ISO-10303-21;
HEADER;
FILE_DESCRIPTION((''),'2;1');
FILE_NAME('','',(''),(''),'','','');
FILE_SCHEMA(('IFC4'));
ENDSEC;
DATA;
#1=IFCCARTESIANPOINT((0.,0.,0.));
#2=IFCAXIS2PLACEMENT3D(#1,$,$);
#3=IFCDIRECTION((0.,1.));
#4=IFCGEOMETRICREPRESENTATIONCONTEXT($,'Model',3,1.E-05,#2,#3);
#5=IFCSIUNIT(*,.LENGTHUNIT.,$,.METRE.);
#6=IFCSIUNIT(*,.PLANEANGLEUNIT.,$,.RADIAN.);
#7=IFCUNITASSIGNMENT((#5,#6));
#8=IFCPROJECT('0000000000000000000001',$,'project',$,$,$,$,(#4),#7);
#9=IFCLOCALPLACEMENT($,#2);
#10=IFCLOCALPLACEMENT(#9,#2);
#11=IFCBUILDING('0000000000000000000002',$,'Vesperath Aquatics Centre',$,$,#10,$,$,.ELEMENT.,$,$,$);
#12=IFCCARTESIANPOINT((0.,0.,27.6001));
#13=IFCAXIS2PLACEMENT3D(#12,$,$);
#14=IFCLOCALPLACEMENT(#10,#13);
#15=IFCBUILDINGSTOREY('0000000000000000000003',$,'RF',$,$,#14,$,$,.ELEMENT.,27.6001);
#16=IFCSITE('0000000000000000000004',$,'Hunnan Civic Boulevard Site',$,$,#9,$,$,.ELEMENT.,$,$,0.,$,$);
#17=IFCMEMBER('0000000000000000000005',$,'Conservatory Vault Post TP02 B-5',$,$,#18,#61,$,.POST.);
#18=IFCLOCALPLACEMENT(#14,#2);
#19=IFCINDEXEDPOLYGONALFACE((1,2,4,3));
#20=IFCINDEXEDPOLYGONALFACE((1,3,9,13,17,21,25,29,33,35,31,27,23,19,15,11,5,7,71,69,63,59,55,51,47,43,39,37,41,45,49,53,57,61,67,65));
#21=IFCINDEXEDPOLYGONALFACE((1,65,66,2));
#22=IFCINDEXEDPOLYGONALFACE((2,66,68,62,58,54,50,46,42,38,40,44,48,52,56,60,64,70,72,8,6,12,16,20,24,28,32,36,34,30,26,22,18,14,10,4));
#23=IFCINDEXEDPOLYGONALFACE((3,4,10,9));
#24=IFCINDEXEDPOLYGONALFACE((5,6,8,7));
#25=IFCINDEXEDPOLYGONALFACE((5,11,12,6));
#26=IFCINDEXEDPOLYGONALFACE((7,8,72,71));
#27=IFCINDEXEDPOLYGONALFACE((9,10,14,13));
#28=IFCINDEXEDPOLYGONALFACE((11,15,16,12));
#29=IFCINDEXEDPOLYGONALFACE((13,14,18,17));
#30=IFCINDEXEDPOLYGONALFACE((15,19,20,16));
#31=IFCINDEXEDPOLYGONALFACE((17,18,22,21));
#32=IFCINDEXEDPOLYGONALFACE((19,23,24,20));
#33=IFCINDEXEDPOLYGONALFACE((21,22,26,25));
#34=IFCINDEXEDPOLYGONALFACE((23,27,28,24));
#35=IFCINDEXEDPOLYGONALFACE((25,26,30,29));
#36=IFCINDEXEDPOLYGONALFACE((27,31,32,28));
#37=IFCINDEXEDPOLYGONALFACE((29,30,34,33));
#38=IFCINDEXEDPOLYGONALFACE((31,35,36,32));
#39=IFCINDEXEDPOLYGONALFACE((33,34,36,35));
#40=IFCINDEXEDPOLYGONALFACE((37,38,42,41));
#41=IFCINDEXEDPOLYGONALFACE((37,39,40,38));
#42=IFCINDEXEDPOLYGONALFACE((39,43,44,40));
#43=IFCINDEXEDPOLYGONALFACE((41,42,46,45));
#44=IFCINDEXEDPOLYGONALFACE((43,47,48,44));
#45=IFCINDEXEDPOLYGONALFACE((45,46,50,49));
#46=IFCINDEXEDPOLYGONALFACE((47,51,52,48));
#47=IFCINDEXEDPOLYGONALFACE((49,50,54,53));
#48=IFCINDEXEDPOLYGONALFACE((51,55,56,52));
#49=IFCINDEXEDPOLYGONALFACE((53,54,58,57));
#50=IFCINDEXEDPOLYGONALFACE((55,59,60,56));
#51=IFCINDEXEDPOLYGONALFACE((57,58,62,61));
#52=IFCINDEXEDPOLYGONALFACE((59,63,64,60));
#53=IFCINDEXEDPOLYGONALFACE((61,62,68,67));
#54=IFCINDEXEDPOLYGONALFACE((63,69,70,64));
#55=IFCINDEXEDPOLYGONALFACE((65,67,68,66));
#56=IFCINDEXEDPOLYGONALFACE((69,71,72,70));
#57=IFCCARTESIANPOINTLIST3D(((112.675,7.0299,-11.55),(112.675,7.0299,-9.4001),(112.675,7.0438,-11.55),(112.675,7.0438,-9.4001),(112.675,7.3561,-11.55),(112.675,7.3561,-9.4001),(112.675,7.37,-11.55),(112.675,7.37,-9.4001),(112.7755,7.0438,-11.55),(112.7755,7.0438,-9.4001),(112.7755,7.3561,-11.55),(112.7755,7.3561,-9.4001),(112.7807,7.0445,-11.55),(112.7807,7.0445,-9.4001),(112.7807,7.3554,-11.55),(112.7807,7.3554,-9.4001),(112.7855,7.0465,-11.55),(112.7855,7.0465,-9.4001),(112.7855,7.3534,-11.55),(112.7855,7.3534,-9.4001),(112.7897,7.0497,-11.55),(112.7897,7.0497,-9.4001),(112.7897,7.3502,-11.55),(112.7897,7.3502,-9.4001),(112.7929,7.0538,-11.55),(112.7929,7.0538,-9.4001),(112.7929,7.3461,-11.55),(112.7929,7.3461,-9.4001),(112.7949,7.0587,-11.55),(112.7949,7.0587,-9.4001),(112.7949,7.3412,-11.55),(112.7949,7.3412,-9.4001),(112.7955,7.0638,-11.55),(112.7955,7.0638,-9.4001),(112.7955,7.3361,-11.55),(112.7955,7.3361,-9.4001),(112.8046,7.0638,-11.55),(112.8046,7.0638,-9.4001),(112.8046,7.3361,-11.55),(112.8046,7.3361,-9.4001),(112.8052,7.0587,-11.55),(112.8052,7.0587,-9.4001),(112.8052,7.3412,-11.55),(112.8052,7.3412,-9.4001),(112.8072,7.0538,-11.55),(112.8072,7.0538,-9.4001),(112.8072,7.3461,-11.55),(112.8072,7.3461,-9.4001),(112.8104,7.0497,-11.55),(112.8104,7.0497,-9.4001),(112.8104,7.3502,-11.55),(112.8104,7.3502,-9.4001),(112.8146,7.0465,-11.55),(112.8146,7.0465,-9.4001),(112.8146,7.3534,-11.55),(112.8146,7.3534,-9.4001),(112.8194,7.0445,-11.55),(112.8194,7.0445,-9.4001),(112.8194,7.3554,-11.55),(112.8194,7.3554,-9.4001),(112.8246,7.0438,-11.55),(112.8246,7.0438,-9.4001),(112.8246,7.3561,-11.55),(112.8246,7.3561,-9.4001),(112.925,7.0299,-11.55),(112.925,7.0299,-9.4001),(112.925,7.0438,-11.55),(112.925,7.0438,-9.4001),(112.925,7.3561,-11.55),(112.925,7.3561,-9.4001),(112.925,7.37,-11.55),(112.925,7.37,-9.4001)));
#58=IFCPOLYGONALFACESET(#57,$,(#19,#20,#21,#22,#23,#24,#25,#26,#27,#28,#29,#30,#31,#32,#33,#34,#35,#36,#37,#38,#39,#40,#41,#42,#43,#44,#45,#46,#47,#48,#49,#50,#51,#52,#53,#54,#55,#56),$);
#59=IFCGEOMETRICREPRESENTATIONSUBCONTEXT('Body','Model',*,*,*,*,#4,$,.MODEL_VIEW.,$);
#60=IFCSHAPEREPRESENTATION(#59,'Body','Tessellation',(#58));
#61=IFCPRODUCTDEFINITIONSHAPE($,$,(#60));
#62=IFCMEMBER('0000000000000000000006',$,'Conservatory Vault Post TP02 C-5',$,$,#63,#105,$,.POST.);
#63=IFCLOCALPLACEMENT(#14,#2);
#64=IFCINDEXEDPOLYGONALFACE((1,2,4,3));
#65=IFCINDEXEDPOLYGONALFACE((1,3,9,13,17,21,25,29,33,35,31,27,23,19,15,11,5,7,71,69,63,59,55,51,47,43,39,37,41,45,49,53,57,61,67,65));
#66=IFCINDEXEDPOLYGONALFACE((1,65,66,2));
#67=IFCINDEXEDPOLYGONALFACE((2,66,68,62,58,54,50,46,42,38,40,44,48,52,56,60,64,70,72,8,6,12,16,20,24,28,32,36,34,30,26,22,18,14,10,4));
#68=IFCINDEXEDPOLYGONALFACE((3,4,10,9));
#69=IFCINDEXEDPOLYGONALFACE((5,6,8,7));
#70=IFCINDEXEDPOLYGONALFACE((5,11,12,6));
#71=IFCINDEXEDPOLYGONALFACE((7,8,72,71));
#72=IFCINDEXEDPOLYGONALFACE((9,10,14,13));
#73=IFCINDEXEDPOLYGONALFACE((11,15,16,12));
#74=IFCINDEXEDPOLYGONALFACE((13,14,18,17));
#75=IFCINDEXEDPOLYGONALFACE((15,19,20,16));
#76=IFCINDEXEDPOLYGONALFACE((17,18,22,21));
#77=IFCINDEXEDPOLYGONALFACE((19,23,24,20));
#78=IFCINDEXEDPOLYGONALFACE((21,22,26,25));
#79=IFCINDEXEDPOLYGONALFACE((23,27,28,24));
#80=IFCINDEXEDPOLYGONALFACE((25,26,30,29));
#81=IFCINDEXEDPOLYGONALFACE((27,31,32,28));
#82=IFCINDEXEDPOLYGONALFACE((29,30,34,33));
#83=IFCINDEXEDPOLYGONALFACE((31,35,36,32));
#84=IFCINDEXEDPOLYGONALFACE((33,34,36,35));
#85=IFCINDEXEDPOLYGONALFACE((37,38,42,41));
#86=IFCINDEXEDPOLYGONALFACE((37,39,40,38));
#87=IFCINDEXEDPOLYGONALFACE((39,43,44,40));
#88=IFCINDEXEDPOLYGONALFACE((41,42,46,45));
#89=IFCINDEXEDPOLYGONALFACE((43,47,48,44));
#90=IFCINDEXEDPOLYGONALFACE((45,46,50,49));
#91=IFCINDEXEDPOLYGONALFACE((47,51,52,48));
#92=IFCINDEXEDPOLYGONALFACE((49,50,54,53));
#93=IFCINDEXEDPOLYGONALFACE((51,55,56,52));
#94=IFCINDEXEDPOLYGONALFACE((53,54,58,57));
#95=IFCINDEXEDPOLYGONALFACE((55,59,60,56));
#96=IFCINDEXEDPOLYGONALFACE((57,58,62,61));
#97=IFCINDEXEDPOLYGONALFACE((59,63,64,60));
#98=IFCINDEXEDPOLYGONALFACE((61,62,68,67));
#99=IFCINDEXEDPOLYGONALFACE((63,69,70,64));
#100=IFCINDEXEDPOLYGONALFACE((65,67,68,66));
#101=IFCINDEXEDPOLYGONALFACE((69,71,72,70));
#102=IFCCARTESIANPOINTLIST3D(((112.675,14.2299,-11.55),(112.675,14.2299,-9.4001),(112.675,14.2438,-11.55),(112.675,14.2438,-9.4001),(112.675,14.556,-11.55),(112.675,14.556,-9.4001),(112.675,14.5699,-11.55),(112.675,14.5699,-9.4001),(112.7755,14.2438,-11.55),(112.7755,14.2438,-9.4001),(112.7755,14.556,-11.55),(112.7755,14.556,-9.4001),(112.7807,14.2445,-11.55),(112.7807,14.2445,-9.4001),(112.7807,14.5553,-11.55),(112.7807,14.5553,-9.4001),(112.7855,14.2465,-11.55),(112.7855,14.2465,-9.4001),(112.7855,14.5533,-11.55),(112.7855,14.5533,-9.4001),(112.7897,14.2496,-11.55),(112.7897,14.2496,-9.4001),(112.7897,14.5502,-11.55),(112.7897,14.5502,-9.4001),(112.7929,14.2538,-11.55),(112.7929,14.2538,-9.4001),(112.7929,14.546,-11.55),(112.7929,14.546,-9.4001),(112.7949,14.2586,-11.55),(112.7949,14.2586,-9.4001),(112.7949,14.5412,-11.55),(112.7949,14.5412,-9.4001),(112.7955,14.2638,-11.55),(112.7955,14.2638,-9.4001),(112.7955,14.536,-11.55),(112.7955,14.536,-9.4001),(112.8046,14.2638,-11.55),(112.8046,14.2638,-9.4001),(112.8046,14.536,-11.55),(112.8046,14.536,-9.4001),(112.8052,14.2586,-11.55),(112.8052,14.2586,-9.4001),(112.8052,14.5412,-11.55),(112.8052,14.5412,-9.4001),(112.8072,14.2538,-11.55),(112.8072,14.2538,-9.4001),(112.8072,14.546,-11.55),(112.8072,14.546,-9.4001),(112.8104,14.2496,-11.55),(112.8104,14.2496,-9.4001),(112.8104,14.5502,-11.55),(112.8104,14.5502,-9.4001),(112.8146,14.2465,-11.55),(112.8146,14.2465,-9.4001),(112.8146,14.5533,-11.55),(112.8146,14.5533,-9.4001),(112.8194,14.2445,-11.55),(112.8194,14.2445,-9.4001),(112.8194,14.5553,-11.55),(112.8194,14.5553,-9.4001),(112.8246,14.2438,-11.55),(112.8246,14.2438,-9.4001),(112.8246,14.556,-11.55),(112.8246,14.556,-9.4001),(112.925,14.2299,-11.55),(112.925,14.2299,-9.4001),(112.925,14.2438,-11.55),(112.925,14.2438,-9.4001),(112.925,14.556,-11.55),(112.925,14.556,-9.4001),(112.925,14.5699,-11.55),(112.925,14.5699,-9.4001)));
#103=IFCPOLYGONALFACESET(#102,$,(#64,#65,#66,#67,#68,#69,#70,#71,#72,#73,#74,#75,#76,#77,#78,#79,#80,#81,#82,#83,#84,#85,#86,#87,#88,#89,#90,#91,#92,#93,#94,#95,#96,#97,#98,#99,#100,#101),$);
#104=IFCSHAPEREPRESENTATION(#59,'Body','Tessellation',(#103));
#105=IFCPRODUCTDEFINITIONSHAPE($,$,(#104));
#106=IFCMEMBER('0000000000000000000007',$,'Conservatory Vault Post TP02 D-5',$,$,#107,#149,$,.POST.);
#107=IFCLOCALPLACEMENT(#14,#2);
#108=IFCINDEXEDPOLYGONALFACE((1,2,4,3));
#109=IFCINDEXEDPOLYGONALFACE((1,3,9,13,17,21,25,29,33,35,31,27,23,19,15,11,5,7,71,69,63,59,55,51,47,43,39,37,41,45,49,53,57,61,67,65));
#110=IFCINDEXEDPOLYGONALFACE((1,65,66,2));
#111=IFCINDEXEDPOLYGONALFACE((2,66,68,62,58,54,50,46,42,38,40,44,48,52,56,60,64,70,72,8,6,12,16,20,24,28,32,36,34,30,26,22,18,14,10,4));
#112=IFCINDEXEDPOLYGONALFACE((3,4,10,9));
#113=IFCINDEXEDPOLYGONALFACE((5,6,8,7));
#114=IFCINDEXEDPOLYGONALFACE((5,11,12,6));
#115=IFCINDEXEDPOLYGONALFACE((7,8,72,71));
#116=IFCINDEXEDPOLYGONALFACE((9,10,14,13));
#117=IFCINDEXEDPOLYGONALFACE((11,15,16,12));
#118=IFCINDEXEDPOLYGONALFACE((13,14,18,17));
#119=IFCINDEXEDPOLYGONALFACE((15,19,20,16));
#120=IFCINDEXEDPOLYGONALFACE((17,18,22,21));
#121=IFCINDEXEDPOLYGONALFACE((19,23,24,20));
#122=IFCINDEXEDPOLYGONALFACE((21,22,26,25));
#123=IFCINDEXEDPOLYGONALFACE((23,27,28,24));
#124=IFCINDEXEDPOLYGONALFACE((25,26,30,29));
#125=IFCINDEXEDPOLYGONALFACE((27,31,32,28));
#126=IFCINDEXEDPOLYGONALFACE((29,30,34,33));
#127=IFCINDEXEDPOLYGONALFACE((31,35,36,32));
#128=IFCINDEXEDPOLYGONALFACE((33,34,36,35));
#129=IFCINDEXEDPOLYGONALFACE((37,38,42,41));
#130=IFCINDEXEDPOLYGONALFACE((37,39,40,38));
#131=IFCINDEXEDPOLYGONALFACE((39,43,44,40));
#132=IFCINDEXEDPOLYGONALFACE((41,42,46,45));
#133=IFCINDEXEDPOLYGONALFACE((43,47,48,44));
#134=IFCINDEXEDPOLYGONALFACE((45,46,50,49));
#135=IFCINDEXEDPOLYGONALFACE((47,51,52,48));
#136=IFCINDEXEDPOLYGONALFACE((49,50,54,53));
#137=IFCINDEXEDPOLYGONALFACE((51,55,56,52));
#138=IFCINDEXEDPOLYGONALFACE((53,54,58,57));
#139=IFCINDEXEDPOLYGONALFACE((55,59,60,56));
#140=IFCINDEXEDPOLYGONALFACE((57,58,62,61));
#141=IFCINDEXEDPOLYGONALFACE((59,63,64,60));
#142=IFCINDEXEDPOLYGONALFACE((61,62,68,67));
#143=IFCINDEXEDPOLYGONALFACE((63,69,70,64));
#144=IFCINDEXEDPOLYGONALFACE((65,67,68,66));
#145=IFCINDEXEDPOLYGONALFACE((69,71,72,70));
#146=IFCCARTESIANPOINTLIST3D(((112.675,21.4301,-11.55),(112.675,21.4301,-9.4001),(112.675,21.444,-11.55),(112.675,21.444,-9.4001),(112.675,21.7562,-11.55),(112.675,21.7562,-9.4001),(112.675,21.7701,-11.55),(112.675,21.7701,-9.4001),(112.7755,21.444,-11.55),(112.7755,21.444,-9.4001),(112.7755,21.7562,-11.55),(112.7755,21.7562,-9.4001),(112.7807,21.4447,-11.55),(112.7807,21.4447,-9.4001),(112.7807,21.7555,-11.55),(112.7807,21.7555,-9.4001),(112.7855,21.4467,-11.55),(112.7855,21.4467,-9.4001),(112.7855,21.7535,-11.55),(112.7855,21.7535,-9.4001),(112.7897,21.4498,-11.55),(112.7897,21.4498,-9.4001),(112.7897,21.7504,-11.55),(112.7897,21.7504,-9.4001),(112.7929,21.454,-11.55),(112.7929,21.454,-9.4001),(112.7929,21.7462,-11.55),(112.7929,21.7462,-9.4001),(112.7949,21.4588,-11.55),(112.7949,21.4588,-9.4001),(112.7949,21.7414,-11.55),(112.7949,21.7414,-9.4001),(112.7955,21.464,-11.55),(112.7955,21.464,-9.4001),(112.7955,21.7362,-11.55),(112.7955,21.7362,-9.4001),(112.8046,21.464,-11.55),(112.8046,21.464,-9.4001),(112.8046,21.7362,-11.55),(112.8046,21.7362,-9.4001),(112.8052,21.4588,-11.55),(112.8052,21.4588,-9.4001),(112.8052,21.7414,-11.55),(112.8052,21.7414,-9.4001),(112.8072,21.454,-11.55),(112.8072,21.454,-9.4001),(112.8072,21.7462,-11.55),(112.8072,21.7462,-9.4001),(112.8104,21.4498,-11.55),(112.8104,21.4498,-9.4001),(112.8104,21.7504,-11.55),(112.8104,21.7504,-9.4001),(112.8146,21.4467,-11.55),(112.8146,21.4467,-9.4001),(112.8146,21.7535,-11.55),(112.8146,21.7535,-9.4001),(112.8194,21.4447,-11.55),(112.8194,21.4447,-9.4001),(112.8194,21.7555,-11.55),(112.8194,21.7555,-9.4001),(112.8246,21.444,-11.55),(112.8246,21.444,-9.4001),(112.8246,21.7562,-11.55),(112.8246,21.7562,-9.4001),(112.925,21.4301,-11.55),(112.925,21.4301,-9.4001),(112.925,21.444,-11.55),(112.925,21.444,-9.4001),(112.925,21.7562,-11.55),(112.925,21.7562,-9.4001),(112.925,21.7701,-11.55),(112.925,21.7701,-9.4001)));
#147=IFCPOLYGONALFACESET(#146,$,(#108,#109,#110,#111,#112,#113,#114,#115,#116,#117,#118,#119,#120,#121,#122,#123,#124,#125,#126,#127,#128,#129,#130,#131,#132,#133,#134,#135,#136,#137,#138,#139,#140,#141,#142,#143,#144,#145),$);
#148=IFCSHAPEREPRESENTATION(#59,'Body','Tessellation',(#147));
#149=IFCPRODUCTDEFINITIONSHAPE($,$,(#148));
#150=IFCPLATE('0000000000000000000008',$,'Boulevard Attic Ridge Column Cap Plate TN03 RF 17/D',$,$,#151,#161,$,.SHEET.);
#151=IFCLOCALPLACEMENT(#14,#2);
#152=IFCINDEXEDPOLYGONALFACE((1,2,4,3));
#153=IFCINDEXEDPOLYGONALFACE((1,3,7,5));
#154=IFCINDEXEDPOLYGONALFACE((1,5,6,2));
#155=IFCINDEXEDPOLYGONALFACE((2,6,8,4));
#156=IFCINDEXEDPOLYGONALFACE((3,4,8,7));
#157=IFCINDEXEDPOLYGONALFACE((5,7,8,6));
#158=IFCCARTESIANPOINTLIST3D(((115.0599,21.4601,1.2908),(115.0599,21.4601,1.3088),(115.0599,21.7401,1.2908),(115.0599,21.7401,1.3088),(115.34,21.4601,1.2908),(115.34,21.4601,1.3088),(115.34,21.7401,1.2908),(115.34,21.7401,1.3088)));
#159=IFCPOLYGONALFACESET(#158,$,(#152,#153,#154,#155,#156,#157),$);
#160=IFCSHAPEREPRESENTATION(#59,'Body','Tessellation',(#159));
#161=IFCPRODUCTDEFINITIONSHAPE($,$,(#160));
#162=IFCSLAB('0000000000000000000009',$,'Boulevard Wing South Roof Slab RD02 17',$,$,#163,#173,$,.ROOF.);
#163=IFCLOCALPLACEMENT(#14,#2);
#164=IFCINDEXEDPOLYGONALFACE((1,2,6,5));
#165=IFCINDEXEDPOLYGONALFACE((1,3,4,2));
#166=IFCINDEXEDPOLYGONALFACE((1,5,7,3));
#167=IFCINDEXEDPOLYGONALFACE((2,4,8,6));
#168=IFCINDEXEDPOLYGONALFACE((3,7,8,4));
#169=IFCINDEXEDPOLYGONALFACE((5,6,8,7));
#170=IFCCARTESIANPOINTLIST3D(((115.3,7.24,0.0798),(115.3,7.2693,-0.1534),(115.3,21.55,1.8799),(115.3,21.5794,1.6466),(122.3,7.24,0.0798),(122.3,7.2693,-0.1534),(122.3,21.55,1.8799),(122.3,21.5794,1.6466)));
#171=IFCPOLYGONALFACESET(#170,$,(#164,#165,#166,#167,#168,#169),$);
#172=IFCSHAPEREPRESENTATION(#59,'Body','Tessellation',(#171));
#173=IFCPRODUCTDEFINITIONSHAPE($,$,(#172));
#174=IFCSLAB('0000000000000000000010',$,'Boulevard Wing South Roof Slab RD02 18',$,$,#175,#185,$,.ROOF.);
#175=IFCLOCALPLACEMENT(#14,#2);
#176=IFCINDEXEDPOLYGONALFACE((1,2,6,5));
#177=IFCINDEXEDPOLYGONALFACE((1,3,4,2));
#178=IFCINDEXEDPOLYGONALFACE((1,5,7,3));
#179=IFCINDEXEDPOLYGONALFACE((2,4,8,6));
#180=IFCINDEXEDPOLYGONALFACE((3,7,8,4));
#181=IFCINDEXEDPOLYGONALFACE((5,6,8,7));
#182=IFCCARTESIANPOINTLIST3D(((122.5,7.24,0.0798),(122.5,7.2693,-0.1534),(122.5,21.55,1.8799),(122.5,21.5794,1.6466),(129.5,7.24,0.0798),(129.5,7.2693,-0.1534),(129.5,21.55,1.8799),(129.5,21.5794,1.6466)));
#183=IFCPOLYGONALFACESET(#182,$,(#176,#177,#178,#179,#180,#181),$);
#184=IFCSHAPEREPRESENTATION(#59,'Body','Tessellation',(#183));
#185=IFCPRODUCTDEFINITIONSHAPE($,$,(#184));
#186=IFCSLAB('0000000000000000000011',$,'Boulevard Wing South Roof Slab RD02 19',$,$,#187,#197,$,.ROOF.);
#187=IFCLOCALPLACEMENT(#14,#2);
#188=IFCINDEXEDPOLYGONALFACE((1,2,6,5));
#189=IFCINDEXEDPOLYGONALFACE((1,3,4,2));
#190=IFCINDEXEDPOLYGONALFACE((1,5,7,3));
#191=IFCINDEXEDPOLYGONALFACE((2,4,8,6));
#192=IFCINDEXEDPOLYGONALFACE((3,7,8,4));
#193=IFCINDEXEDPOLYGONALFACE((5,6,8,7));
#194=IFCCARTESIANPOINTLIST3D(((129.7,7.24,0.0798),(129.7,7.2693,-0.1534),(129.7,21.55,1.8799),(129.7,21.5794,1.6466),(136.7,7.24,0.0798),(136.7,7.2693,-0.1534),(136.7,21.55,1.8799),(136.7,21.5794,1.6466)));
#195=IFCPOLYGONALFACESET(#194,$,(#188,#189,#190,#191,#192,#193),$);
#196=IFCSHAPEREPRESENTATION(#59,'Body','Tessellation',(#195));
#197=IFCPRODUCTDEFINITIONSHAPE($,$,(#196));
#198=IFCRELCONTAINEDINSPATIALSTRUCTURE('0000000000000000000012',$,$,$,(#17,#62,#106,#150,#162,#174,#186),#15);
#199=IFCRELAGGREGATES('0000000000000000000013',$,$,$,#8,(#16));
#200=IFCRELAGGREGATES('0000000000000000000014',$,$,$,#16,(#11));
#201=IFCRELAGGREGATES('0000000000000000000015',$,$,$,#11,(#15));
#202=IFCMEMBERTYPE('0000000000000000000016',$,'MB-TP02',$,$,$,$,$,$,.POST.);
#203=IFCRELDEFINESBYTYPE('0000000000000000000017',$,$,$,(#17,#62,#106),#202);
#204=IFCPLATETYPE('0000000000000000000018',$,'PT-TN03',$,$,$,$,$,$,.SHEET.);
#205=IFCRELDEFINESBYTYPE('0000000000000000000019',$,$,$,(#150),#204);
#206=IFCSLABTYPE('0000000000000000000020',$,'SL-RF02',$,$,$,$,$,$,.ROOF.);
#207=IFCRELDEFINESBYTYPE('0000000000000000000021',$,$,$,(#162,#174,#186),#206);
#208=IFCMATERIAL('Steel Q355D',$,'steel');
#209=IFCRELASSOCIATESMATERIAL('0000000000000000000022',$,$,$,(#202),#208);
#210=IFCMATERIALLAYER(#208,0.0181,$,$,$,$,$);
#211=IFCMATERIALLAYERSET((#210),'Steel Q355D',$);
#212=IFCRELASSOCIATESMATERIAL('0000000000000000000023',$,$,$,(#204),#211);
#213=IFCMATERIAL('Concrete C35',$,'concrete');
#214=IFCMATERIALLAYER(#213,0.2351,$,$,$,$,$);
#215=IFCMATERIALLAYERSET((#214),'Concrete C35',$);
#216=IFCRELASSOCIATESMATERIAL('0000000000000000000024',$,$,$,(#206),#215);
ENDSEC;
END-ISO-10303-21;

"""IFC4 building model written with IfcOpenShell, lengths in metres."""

from ifc_helpers import new_model, si_unit, direction, frame, origin, origin_2d, place, context, subcontext, project, spatial, polyline, rectangle, i_section, outline, extrude, material, layer, layer_set, material_profile, profile_set, type_object, element, save


model = new_model("IFC4")

# Units and contexts
model_context = context("Model", 3, precision=1e-05, world=origin(), true_north=direction((0.0, 1.0)))
body_context = subcontext(model_context, "Body", "Model", "MODEL_VIEW")
ifc_project = project(units=[si_unit("LENGTHUNIT", "METRE"), si_unit("PLANEANGLEUNIT", "RADIAN")], contexts=[model_context])

# Site, building, storey
site_placement = place(None, origin())
site = spatial("IfcSite", under=ifc_project, at=site_placement, Name="Hunnan Civic Boulevard Site", CompositionType="ELEMENT", RefElevation=0.0)
building_placement = place(site_placement, origin())
building = spatial("IfcBuilding", under=site, at=building_placement, Name="Vesperath Aquatics Centre", CompositionType="ELEMENT")
storey_placement = place(building_placement, frame((0.0, 0.0, 27.6001)))
storey = spatial("IfcBuildingStorey", under=building, at=storey_placement, Name="RF", CompositionType="ELEMENT", Elevation=27.6001)

# Shared definitions
ifc_material_1 = material(Name="Steel Q355D", Category="steel")

# Members
ifc_material_profile_1 = material_profile(ifc_material_1, i_section(OverallWidth=0.25, OverallDepth=0.3401, WebThickness=0.009, FlangeThickness=0.0139, FilletRadius=0.02, at=origin_2d()), Name="HM 340x250x9x14")
ifc_profile_set_1 = profile_set([ifc_material_profile_1], Name="Steel Q355D")
member_type_1 = type_object("IfcMemberType", Name="MB-TP02", PredefinedType="POST", material=ifc_profile_set_1)
for number, where, z_axis, x_axis, name in (
    (1, (112.8, 7.2, -11.55), (0.0, 0.0, 1.0), (1.0, 0.0, 0.0), "Conservatory Vault Post TP02 B-5"),
    (2, (112.8, 14.3999, -11.55), (0.0, 0.0, 1.0), (1.0, 0.0, 0.0), "Conservatory Vault Post TP02 C-5"),
    (3, (112.8, 21.6001, -11.55), (0.0, 0.0, 1.0), (1.0, 0.0, 0.0), "Conservatory Vault Post TP02 D-5"),
):
    element("IfcMember", number, at=place(storey_placement, frame(where, z_axis=z_axis, x_axis=x_axis)), inside=storey, type_object=member_type_1, Name=name, PredefinedType="POST", context=body_context, shape_type="SweptSolid", body=[
        extrude(i_section(OverallWidth=0.25, OverallDepth=0.3401, WebThickness=0.009, FlangeThickness=0.0139, FilletRadius=0.02, at=origin_2d()), origin(), (0.0, 0.0, 1.0), 2.1499),
    ])

# Plate
ifc_layer_1 = layer(ifc_material_1, 0.0181)
ifc_layer_set_1 = layer_set([ifc_layer_1], Name="Steel Q355D")
plate_type = type_object("IfcPlateType", Name="PT-TN03", PredefinedType="SHEET", material=ifc_layer_set_1)
plate_placement = place(storey_placement, frame((115.2, 21.6001, 1.2908), z_axis=(0.0, 0.0, 1.0), x_axis=(1.0, 0.0, 0.0)))
element("IfcPlate", 4, at=plate_placement, inside=storey, type_object=plate_type, Name="Boulevard Attic Ridge Column Cap Plate TN03 RF 17/D", PredefinedType="SHEET", context=body_context, shape_type="SweptSolid", body=[
    extrude(rectangle(XDim=0.28, YDim=0.28, at=origin_2d()), origin(), (0.0, 0.0, 1.0), 0.0181),
])

# Slabs
ifc_material_2 = material(Name="Concrete C35", Category="concrete")
ifc_layer_2 = layer(ifc_material_2, 0.2351)
ifc_layer_set_2 = layer_set([ifc_layer_2], Name="Concrete C35")
slab_type = type_object("IfcSlabType", Name="SL-RF02", PredefinedType="ROOF", material=ifc_layer_set_2)
for number, where, z_axis, x_axis, name in (
    (5, (115.3, 7.24, 0.0798), (0.0, -0.124806, 0.992181), (1.0, 0.0, 0.0), "Boulevard Wing South Roof Slab RD02 17"),
    (6, (122.5, 7.24, 0.0798), (0.0, -0.124806, 0.992181), (1.0, 0.0, 0.0), "Boulevard Wing South Roof Slab RD02 18"),
    (7, (129.7, 7.24, 0.0798), (0.0, -0.124806, 0.992181), (1.0, 0.0, 0.0), "Boulevard Wing South Roof Slab RD02 19"),
):
    element("IfcSlab", number, at=place(storey_placement, frame(where, z_axis=z_axis, x_axis=x_axis)), inside=storey, type_object=slab_type, Name=name, PredefinedType="ROOF", context=body_context, shape_type="SweptSolid", body=[
        extrude(outline(polyline([(0.0, 0.0), (7.0, 0.0), (7.0, 14.4228), (0.0, 14.4228), (0.0, 0.0)])), origin(), (0.0, 0.0, -1.0), 0.2351),
    ])

save(model, "model.ifc")
